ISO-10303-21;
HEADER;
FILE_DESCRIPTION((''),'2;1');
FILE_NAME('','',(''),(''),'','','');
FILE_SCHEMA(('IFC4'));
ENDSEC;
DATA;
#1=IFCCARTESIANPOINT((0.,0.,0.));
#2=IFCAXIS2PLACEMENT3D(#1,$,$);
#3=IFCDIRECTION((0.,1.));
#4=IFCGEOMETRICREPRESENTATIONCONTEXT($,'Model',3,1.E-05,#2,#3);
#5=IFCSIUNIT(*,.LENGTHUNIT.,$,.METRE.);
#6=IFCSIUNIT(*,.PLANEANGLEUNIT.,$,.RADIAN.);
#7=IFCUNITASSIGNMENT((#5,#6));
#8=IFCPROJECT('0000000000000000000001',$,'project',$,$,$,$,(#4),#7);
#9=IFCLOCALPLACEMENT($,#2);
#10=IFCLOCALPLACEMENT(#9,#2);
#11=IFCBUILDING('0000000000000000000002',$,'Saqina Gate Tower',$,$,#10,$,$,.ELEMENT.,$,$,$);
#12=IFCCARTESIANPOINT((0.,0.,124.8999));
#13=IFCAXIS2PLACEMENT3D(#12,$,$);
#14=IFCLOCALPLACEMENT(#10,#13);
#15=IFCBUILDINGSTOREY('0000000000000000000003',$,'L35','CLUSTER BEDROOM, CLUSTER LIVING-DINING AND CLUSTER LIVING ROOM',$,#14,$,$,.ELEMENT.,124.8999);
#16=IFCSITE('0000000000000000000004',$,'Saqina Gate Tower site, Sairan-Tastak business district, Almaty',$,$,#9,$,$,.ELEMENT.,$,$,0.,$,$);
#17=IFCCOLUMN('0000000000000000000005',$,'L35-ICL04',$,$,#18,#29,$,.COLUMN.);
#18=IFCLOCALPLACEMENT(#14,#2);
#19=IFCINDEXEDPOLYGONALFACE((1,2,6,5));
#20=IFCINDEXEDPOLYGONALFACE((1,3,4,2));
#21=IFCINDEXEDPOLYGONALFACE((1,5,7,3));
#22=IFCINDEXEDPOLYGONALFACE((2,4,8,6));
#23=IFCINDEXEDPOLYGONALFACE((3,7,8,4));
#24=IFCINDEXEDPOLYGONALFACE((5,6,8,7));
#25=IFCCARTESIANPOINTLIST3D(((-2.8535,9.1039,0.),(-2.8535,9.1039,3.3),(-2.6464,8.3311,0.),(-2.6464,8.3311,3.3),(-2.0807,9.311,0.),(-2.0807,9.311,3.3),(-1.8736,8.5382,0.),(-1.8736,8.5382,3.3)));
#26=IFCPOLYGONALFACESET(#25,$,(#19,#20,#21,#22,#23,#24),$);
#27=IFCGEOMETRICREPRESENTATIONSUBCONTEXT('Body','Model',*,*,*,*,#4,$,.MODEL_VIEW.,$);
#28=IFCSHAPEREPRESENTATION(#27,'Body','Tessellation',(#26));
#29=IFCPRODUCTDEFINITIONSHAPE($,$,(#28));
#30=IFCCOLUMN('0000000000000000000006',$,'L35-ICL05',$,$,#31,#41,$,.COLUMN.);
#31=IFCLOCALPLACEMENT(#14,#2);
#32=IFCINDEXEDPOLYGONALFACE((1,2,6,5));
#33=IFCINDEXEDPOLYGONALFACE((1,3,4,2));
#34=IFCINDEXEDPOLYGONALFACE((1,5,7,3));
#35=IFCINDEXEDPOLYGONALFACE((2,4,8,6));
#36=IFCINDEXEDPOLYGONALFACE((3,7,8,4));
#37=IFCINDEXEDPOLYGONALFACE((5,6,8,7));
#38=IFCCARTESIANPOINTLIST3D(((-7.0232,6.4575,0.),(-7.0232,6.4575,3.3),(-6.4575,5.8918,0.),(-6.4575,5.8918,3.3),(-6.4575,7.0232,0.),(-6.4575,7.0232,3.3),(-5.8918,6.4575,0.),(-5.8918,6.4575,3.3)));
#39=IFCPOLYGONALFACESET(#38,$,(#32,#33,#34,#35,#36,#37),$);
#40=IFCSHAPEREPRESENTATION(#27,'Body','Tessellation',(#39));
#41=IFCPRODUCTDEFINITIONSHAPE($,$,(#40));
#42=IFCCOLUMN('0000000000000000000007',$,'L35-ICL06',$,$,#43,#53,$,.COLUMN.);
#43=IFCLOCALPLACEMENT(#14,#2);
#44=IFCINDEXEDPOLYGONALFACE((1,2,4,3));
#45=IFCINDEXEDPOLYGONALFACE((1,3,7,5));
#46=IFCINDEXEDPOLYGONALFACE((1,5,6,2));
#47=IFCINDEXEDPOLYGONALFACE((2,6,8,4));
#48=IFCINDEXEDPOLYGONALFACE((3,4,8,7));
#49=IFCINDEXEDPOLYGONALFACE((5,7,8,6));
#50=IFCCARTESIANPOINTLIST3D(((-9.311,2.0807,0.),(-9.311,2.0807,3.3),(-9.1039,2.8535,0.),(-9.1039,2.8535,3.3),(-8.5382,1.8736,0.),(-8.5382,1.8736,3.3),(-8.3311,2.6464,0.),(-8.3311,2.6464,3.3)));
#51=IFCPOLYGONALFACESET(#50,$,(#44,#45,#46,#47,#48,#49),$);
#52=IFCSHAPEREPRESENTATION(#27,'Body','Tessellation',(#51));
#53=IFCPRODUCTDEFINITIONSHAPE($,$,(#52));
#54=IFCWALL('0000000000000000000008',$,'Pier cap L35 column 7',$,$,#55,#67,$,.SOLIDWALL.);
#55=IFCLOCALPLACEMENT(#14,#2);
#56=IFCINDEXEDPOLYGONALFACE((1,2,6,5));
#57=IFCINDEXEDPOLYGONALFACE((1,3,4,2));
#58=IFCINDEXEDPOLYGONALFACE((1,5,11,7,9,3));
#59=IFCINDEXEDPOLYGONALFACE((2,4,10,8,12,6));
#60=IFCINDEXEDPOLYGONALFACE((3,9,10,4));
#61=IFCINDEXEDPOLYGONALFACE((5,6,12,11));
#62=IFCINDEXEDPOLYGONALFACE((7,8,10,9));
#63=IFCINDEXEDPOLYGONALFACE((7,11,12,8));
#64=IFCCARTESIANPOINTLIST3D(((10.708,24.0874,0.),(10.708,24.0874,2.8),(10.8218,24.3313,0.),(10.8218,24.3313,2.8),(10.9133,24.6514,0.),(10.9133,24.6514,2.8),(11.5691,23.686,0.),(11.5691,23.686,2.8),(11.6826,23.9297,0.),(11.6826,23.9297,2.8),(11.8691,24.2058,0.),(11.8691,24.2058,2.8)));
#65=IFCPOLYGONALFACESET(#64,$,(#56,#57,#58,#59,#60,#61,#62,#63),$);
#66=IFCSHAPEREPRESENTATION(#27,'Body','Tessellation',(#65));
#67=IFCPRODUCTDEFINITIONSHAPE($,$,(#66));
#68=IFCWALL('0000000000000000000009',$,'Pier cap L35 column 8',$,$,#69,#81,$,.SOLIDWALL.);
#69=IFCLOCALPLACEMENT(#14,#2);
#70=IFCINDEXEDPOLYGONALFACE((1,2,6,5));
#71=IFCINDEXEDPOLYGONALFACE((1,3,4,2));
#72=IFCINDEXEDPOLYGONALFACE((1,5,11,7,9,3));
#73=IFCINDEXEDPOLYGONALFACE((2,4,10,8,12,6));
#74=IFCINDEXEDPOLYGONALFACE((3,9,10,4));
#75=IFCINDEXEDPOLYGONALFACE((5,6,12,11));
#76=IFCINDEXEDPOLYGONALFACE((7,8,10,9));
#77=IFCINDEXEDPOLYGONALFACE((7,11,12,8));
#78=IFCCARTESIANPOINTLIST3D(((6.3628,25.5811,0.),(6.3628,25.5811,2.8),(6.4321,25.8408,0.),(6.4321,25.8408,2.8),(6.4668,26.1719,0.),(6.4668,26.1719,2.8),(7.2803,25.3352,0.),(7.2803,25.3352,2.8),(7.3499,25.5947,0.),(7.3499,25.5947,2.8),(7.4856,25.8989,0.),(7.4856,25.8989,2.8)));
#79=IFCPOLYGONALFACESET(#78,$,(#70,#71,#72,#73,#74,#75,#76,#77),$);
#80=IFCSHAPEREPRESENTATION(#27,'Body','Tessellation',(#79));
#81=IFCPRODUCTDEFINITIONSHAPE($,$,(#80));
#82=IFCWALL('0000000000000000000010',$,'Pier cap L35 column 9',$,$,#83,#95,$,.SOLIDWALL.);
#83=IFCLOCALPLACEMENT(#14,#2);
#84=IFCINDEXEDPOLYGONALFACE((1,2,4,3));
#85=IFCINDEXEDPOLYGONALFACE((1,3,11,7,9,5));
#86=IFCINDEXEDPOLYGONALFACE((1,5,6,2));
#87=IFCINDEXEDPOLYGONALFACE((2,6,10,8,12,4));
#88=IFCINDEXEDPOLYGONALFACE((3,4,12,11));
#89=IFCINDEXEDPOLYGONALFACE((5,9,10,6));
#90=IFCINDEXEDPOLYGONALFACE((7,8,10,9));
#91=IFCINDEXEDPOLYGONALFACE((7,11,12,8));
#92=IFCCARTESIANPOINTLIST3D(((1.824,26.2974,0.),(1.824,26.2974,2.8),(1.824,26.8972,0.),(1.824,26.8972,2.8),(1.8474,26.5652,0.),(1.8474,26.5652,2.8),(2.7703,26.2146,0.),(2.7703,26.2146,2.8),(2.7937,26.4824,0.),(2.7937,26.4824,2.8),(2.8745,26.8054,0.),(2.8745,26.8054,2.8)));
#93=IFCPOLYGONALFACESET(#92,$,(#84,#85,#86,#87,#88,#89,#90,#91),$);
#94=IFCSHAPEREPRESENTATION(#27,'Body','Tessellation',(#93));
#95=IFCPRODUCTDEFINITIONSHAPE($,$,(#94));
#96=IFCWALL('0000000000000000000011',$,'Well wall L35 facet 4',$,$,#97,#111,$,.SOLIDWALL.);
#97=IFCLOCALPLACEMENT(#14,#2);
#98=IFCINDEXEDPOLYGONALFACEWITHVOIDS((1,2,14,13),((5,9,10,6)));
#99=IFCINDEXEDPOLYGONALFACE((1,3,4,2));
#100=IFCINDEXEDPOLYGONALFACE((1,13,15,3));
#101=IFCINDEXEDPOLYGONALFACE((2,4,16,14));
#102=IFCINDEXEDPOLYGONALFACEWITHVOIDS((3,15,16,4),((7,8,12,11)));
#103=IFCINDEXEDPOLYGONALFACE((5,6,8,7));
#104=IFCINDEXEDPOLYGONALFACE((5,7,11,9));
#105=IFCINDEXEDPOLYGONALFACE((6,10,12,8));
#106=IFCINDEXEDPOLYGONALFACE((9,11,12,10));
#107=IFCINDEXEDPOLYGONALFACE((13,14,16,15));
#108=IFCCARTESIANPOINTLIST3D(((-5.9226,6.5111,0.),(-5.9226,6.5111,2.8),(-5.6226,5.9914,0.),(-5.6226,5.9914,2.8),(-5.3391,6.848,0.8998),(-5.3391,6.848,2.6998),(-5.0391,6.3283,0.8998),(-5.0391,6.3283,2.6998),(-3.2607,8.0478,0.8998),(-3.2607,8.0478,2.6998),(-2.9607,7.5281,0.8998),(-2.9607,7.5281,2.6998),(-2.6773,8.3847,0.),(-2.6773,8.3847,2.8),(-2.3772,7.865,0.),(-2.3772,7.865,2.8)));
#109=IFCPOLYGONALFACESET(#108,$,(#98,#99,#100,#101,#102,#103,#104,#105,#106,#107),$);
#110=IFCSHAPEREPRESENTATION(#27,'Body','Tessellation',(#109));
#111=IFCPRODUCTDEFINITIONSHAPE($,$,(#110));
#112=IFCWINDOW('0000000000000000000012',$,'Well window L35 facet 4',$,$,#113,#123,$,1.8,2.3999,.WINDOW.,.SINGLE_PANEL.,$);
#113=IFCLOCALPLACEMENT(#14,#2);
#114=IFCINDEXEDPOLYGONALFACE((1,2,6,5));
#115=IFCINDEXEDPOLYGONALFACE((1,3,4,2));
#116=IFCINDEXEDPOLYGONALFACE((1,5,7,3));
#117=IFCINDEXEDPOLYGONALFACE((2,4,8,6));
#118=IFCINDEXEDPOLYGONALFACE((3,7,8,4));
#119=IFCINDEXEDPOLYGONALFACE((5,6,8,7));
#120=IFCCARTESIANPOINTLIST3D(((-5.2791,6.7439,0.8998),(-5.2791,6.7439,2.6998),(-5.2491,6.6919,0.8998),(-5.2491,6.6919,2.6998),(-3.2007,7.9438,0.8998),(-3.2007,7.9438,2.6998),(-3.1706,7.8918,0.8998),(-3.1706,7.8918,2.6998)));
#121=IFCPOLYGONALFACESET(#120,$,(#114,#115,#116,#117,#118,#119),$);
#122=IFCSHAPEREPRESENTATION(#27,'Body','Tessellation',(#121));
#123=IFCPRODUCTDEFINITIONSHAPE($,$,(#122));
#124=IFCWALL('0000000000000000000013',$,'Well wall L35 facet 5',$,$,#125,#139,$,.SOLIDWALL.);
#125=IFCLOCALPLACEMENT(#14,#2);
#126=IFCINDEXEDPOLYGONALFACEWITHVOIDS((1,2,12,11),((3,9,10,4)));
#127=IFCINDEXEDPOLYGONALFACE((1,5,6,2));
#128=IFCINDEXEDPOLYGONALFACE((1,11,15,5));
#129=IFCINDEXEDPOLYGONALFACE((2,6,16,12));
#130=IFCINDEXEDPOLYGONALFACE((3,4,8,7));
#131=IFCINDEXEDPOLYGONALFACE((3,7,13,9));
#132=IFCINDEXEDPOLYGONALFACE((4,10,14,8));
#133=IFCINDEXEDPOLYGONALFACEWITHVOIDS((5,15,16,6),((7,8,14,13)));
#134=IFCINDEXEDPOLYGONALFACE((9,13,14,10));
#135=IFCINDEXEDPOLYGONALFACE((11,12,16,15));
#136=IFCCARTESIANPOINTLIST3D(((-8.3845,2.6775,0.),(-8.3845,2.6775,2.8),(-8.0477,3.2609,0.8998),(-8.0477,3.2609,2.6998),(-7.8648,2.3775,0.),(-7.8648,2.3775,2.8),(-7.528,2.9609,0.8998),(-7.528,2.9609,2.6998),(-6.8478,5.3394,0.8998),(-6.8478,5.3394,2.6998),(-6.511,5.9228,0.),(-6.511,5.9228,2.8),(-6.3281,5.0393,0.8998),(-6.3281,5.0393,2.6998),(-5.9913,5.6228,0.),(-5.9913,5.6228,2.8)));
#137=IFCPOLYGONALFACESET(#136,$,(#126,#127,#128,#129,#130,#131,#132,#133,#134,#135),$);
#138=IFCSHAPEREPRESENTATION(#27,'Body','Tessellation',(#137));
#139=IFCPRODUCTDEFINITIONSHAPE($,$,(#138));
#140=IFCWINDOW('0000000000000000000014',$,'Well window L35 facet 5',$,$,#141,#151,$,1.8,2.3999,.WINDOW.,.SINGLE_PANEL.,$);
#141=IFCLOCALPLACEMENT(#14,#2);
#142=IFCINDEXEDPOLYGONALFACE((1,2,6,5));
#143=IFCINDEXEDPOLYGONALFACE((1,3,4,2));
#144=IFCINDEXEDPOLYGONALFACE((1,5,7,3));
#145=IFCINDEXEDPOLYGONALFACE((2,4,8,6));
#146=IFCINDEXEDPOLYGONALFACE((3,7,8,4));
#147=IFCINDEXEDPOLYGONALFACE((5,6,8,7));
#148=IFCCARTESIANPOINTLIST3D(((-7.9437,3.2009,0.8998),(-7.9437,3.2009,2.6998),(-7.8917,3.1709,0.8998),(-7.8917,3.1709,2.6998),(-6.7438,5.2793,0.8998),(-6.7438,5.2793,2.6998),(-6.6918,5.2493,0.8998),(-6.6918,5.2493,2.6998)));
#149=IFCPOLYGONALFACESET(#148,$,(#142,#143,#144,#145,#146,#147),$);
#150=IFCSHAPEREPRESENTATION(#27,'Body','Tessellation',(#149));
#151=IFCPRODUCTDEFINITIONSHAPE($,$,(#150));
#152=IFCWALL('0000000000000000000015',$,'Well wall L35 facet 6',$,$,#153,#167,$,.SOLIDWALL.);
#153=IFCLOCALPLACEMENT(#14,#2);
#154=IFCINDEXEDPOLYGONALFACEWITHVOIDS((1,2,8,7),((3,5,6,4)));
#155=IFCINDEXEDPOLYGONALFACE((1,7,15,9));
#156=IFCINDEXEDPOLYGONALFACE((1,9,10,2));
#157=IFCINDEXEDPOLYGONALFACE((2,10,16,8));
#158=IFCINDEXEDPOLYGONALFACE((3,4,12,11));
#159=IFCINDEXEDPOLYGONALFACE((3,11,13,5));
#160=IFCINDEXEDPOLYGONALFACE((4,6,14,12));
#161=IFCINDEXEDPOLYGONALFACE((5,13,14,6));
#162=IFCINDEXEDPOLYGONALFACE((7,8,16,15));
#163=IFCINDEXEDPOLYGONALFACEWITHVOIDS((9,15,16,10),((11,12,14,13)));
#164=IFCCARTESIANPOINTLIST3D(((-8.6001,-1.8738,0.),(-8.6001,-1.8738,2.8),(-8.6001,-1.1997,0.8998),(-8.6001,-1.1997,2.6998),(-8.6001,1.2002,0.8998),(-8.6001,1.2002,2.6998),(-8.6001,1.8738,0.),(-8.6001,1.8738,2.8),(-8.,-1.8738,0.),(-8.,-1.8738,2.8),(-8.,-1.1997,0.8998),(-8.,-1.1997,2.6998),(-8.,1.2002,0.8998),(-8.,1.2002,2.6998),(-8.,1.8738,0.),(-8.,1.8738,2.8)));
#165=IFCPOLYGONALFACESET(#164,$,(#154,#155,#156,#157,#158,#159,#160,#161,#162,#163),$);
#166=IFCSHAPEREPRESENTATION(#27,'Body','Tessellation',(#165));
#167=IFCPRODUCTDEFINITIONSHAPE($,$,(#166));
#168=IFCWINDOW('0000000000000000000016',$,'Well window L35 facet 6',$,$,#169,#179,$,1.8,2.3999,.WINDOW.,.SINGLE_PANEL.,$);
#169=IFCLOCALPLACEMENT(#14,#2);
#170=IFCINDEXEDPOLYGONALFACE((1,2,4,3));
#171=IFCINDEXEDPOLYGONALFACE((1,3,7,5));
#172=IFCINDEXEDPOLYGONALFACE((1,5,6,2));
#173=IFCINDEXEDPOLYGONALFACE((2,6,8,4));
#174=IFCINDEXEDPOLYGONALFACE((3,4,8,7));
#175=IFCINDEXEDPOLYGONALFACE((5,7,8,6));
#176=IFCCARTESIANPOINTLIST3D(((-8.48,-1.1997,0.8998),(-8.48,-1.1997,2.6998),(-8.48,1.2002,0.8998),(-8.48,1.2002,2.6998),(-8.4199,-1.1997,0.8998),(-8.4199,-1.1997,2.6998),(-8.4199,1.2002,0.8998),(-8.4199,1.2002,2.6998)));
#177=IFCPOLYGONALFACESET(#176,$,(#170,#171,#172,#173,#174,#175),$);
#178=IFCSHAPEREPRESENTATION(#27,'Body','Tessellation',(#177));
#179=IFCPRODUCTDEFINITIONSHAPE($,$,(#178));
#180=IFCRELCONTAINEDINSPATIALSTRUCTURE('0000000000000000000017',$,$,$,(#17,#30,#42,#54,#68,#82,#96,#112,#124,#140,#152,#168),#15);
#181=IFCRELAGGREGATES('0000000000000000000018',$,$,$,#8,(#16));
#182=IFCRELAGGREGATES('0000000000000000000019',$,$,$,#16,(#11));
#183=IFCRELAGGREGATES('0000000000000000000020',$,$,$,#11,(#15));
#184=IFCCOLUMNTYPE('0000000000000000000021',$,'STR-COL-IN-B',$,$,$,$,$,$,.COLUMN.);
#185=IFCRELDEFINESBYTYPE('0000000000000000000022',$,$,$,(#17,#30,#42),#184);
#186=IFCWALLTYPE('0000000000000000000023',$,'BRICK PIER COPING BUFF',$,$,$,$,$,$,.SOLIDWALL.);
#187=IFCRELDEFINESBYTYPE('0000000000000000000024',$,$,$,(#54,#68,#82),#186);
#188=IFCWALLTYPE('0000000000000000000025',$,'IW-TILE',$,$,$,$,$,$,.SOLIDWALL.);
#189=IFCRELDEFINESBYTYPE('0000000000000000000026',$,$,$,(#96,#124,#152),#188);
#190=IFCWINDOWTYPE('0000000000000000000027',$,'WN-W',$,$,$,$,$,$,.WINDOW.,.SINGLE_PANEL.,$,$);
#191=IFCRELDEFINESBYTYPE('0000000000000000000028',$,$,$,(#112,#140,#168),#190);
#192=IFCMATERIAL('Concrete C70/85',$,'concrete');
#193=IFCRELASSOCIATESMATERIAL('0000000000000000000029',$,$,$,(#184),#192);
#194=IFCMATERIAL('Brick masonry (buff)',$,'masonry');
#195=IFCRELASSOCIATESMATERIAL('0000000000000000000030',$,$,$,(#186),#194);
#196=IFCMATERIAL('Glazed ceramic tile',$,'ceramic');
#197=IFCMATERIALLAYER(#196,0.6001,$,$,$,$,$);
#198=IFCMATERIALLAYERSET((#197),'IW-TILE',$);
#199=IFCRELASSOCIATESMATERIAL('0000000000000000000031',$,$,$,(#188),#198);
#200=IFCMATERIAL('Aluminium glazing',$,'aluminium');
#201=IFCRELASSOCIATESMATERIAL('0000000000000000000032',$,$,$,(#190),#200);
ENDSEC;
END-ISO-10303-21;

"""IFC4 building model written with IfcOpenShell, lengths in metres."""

from ifc_helpers import new_model, si_unit, direction, frame, frame_2d, origin, origin_2d, place, context, subcontext, project, spatial, polyline, rectangle, outline, extrude, material, layer, layer_set, material_profile, profile_set, type_object, element, fill, save


model = new_model("IFC4")

# Units and contexts
model_context = context("Model", 3, precision=1e-05, world=origin(), true_north=direction((0.0, 1.0)))
body_context = subcontext(model_context, "Body", "Model", "MODEL_VIEW")
ifc_project = project(units=[si_unit("LENGTHUNIT", "METRE"), si_unit("PLANEANGLEUNIT", "RADIAN")], contexts=[model_context])

# Site, building, storey
site_placement = place(None, origin())
site = spatial("IfcSite", under=ifc_project, at=site_placement, Name="Saqina Gate Tower site, Sairan-Tastak business district, Almaty", CompositionType="ELEMENT", RefElevation=0.0)
building_placement = place(site_placement, origin())
building = spatial("IfcBuilding", under=site, at=building_placement, Name="Saqina Gate Tower", CompositionType="ELEMENT")
storey_placement = place(building_placement, frame((0.0, 0.0, 124.8999)))
storey = spatial("IfcBuildingStorey", under=building, at=storey_placement, Name="L35", Description="CLUSTER BEDROOM, CLUSTER LIVING-DINING AND CLUSTER LIVING ROOM", CompositionType="ELEMENT", Elevation=124.8999)

# Columns
ifc_material_1 = material(Name="Concrete C70/85", Category="concrete")
ifc_material_profile = material_profile(ifc_material_1, rectangle(XDim=0.8, YDim=0.8, at=origin_2d()), Name="RC 800x800")
ifc_profile_set = profile_set([ifc_material_profile], Name="Concrete C70/85")
column_type = type_object("IfcColumnType", Name="STR-COL-IN-B", PredefinedType="COLUMN", material=ifc_profile_set)
for number, where, z_axis, x_axis, name in (
    (1, (-2.3635, 8.821, 0.0), (0.0, 0.0, 1.0), (-0.258819, 0.965926, 0.0), "L35-ICL04"),
    (2, (-6.4575, 6.4575, 0.0), (0.0, 0.0, 1.0), (-0.707107, 0.707107, 0.0), "L35-ICL05"),
    (3, (-8.821, 2.3635, 0.0), (0.0, 0.0, 1.0), (-0.965926, 0.258819, 0.0), "L35-ICL06"),
):
    element("IfcColumn", number, at=place(storey_placement, frame(where, z_axis=z_axis, x_axis=x_axis)), inside=storey, type_object=column_type, Name=name, PredefinedType="COLUMN", context=body_context, shape_type="SweptSolid", body=[
        extrude(rectangle(XDim=0.8, YDim=0.8, at=origin_2d()), origin(), (0.0, 0.0, 1.0), 3.3),
    ])

# Walls
ifc_material_2 = material(Name="Brick masonry (buff)", Category="masonry")
wall_type_1 = type_object("IfcWallType", Name="BRICK PIER COPING BUFF", PredefinedType="SOLIDWALL", material=ifc_material_2)
wall_1_placement = place(storey_placement, origin())
element("IfcWall", 4, at=wall_1_placement, inside=storey, type_object=wall_type_1, Name="Pier cap L35 column 7", PredefinedType="SOLIDWALL", context=body_context, shape_type="SweptSolid", body=[
    extrude(outline(polyline([(10.9133, 24.6514), (10.708, 24.0874), (10.8218, 24.3313), (11.6826, 23.9297), (11.5691, 23.686), (11.8691, 24.2058), (10.9133, 24.6514)])), origin(), (0.0, 0.0, 1.0), 2.8),
])
wall_2_placement = place(storey_placement, origin())
element("IfcWall", 5, at=wall_2_placement, inside=storey, type_object=wall_type_1, Name="Pier cap L35 column 8", PredefinedType="SOLIDWALL", context=body_context, shape_type="SweptSolid", body=[
    extrude(outline(polyline([(7.4856, 25.8989), (6.4668, 26.1719), (6.3628, 25.5811), (6.4321, 25.8408), (7.3499, 25.5947), (7.2803, 25.3352), (7.4856, 25.8989)])), origin(), (0.0, 0.0, 1.0), 2.8),
])
wall_3_placement = place(storey_placement, origin())
element("IfcWall", 6, at=wall_3_placement, inside=storey, type_object=wall_type_1, Name="Pier cap L35 column 9", PredefinedType="SOLIDWALL", context=body_context, shape_type="SweptSolid", body=[
    extrude(outline(polyline([(2.8745, 26.8054), (1.824, 26.8972), (1.824, 26.2974), (1.8474, 26.5652), (2.7937, 26.4824), (2.7703, 26.2146), (2.8745, 26.8054)])), origin(), (0.0, 0.0, 1.0), 2.8),
])

# Walls, openings, windows
ifc_material_3 = material(Name="Glazed ceramic tile", Category="ceramic")
ifc_layer_1 = layer(ifc_material_3, 0.6001)
ifc_layer_set_1 = layer_set([ifc_layer_1], Name="IW-TILE")
wall_type_2 = type_object("IfcWallType", Name="IW-TILE", PredefinedType="SOLIDWALL", material=ifc_layer_set_1)
wall_4_placement = place(storey_placement, frame((-2.5273, 8.1248, 0.0), z_axis=(0.0, 0.0, 1.0), x_axis=(-0.866046, -0.499965, 0.0)))
wall_4 = element("IfcWall", 7, at=wall_4_placement, inside=storey, type_object=wall_type_2, Name="Well wall L35 facet 4", PredefinedType="SOLIDWALL", context=body_context, shape_type="SweptSolid", body=[
    extrude(rectangle(XDim=3.7473, YDim=0.6001, at=frame_2d((1.8735, 0.0))), origin(), (0.0, 0.0, 1.0), 2.8),
])
opening_1_placement = place(wall_4_placement, frame((0.6736, 0.0, 0.8999)))
opening_1 = element("IfcOpeningElement", 8, at=opening_1_placement, cuts=wall_4, PredefinedType="OPENING", context=body_context, shape_type="SweptSolid", body=[
    extrude(rectangle(XDim=2.3999, YDim=1.8, at=frame_2d((1.2, 0.8999))), frame((0.0, 0.312, 0.0), z_axis=(0.0, -1.0, 0.0), x_axis=(1.0, 0.0, 0.0)), (0.0, 0.0, 1.0), 0.624),
])
ifc_material_4 = material(Name="Aluminium glazing", Category="aluminium")
window_type = type_object("IfcWindowType", Name="WN-W", PartitioningType="SINGLE_PANEL", PredefinedType="WINDOW", material=ifc_material_4)
window_1_placement = place(opening_1_placement, origin())
window_1 = element("IfcWindow", 9, at=window_1_placement, inside=storey, type_object=window_type, Name="Well window L35 facet 4", OverallHeight=1.8, OverallWidth=2.3999, PartitioningType="SINGLE_PANEL", PredefinedType="WINDOW", context=body_context, shape_type="SweptSolid", body=[
    extrude(rectangle(XDim=2.3999, YDim=1.8, at=frame_2d((1.2, 0.8999))), frame((0.0, -0.1199, 0.0), z_axis=(0.0, -1.0, 0.0), x_axis=(1.0, 0.0, 0.0)), (0.0, 0.0, 1.0), 0.0601),
])
fill(opening_1, window_1)
wall_5_placement = place(storey_placement, frame((-6.2512, 5.7727, 0.0), z_axis=(0.0, 0.0, 1.0), x_axis=(-0.499965, -0.866046, 0.0)))
wall_5 = element("IfcWall", 10, at=wall_5_placement, inside=storey, type_object=wall_type_2, Name="Well wall L35 facet 5", PredefinedType="SOLIDWALL", context=body_context, shape_type="SweptSolid", body=[
    extrude(rectangle(XDim=3.7473, YDim=0.6001, at=frame_2d((1.8735, 0.0))), origin(), (0.0, 0.0, 1.0), 2.8),
])
opening_2_placement = place(wall_5_placement, frame((0.6736, 0.0, 0.8999)))
opening_2 = element("IfcOpeningElement", 11, at=opening_2_placement, cuts=wall_5, PredefinedType="OPENING", context=body_context, shape_type="SweptSolid", body=[
    extrude(rectangle(XDim=2.3999, YDim=1.8, at=frame_2d((1.2, 0.8999))), frame((0.0, 0.312, 0.0), z_axis=(0.0, -1.0, 0.0), x_axis=(1.0, 0.0, 0.0)), (0.0, 0.0, 1.0), 0.624),
])
window_2_placement = place(opening_2_placement, origin())
window_2 = element("IfcWindow", 12, at=window_2_placement, inside=storey, type_object=window_type, Name="Well window L35 facet 5", OverallHeight=1.8, OverallWidth=2.3999, PartitioningType="SINGLE_PANEL", PredefinedType="WINDOW", context=body_context, shape_type="SweptSolid", body=[
    extrude(rectangle(XDim=2.3999, YDim=1.8, at=frame_2d((1.2, 0.8999))), frame((0.0, -0.1199, 0.0), z_axis=(0.0, -1.0, 0.0), x_axis=(1.0, 0.0, 0.0)), (0.0, 0.0, 1.0), 0.0601),
])
fill(opening_2, window_2)
wall_6_placement = place(storey_placement, frame((-8.3, 1.8738, 0.0), z_axis=(0.0, 0.0, 1.0), x_axis=(0.0, -1.0, 0.0)))
wall_6 = element("IfcWall", 13, at=wall_6_placement, inside=storey, type_object=wall_type_2, Name="Well wall L35 facet 6", PredefinedType="SOLIDWALL", context=body_context, shape_type="SweptSolid", body=[
    extrude(rectangle(XDim=3.7476, YDim=0.6001, at=frame_2d((1.8738, 0.0))), origin(), (0.0, 0.0, 1.0), 2.8),
])
opening_3_placement = place(wall_6_placement, frame((0.6736, 0.0, 0.8999)))
opening_3 = element("IfcOpeningElement", 14, at=opening_3_placement, cuts=wall_6, PredefinedType="OPENING", context=body_context, shape_type="SweptSolid", body=[
    extrude(rectangle(XDim=2.3999, YDim=1.8, at=frame_2d((1.2, 0.8999))), frame((0.0, 0.312, 0.0), z_axis=(0.0, -1.0, 0.0), x_axis=(1.0, 0.0, 0.0)), (0.0, 0.0, 1.0), 0.624),
])
window_3_placement = place(opening_3_placement, origin())
window_3 = element("IfcWindow", 15, at=window_3_placement, inside=storey, type_object=window_type, Name="Well window L35 facet 6", OverallHeight=1.8, OverallWidth=2.3999, PartitioningType="SINGLE_PANEL", PredefinedType="WINDOW", context=body_context, shape_type="SweptSolid", body=[
    extrude(rectangle(XDim=2.3999, YDim=1.8, at=frame_2d((1.2, 0.8999))), frame((0.0, -0.1199, 0.0), z_axis=(0.0, -1.0, 0.0), x_axis=(1.0, 0.0, 0.0)), (0.0, 0.0, 1.0), 0.0601),
])
fill(opening_3, window_3)

save(model, "model.ifc")
